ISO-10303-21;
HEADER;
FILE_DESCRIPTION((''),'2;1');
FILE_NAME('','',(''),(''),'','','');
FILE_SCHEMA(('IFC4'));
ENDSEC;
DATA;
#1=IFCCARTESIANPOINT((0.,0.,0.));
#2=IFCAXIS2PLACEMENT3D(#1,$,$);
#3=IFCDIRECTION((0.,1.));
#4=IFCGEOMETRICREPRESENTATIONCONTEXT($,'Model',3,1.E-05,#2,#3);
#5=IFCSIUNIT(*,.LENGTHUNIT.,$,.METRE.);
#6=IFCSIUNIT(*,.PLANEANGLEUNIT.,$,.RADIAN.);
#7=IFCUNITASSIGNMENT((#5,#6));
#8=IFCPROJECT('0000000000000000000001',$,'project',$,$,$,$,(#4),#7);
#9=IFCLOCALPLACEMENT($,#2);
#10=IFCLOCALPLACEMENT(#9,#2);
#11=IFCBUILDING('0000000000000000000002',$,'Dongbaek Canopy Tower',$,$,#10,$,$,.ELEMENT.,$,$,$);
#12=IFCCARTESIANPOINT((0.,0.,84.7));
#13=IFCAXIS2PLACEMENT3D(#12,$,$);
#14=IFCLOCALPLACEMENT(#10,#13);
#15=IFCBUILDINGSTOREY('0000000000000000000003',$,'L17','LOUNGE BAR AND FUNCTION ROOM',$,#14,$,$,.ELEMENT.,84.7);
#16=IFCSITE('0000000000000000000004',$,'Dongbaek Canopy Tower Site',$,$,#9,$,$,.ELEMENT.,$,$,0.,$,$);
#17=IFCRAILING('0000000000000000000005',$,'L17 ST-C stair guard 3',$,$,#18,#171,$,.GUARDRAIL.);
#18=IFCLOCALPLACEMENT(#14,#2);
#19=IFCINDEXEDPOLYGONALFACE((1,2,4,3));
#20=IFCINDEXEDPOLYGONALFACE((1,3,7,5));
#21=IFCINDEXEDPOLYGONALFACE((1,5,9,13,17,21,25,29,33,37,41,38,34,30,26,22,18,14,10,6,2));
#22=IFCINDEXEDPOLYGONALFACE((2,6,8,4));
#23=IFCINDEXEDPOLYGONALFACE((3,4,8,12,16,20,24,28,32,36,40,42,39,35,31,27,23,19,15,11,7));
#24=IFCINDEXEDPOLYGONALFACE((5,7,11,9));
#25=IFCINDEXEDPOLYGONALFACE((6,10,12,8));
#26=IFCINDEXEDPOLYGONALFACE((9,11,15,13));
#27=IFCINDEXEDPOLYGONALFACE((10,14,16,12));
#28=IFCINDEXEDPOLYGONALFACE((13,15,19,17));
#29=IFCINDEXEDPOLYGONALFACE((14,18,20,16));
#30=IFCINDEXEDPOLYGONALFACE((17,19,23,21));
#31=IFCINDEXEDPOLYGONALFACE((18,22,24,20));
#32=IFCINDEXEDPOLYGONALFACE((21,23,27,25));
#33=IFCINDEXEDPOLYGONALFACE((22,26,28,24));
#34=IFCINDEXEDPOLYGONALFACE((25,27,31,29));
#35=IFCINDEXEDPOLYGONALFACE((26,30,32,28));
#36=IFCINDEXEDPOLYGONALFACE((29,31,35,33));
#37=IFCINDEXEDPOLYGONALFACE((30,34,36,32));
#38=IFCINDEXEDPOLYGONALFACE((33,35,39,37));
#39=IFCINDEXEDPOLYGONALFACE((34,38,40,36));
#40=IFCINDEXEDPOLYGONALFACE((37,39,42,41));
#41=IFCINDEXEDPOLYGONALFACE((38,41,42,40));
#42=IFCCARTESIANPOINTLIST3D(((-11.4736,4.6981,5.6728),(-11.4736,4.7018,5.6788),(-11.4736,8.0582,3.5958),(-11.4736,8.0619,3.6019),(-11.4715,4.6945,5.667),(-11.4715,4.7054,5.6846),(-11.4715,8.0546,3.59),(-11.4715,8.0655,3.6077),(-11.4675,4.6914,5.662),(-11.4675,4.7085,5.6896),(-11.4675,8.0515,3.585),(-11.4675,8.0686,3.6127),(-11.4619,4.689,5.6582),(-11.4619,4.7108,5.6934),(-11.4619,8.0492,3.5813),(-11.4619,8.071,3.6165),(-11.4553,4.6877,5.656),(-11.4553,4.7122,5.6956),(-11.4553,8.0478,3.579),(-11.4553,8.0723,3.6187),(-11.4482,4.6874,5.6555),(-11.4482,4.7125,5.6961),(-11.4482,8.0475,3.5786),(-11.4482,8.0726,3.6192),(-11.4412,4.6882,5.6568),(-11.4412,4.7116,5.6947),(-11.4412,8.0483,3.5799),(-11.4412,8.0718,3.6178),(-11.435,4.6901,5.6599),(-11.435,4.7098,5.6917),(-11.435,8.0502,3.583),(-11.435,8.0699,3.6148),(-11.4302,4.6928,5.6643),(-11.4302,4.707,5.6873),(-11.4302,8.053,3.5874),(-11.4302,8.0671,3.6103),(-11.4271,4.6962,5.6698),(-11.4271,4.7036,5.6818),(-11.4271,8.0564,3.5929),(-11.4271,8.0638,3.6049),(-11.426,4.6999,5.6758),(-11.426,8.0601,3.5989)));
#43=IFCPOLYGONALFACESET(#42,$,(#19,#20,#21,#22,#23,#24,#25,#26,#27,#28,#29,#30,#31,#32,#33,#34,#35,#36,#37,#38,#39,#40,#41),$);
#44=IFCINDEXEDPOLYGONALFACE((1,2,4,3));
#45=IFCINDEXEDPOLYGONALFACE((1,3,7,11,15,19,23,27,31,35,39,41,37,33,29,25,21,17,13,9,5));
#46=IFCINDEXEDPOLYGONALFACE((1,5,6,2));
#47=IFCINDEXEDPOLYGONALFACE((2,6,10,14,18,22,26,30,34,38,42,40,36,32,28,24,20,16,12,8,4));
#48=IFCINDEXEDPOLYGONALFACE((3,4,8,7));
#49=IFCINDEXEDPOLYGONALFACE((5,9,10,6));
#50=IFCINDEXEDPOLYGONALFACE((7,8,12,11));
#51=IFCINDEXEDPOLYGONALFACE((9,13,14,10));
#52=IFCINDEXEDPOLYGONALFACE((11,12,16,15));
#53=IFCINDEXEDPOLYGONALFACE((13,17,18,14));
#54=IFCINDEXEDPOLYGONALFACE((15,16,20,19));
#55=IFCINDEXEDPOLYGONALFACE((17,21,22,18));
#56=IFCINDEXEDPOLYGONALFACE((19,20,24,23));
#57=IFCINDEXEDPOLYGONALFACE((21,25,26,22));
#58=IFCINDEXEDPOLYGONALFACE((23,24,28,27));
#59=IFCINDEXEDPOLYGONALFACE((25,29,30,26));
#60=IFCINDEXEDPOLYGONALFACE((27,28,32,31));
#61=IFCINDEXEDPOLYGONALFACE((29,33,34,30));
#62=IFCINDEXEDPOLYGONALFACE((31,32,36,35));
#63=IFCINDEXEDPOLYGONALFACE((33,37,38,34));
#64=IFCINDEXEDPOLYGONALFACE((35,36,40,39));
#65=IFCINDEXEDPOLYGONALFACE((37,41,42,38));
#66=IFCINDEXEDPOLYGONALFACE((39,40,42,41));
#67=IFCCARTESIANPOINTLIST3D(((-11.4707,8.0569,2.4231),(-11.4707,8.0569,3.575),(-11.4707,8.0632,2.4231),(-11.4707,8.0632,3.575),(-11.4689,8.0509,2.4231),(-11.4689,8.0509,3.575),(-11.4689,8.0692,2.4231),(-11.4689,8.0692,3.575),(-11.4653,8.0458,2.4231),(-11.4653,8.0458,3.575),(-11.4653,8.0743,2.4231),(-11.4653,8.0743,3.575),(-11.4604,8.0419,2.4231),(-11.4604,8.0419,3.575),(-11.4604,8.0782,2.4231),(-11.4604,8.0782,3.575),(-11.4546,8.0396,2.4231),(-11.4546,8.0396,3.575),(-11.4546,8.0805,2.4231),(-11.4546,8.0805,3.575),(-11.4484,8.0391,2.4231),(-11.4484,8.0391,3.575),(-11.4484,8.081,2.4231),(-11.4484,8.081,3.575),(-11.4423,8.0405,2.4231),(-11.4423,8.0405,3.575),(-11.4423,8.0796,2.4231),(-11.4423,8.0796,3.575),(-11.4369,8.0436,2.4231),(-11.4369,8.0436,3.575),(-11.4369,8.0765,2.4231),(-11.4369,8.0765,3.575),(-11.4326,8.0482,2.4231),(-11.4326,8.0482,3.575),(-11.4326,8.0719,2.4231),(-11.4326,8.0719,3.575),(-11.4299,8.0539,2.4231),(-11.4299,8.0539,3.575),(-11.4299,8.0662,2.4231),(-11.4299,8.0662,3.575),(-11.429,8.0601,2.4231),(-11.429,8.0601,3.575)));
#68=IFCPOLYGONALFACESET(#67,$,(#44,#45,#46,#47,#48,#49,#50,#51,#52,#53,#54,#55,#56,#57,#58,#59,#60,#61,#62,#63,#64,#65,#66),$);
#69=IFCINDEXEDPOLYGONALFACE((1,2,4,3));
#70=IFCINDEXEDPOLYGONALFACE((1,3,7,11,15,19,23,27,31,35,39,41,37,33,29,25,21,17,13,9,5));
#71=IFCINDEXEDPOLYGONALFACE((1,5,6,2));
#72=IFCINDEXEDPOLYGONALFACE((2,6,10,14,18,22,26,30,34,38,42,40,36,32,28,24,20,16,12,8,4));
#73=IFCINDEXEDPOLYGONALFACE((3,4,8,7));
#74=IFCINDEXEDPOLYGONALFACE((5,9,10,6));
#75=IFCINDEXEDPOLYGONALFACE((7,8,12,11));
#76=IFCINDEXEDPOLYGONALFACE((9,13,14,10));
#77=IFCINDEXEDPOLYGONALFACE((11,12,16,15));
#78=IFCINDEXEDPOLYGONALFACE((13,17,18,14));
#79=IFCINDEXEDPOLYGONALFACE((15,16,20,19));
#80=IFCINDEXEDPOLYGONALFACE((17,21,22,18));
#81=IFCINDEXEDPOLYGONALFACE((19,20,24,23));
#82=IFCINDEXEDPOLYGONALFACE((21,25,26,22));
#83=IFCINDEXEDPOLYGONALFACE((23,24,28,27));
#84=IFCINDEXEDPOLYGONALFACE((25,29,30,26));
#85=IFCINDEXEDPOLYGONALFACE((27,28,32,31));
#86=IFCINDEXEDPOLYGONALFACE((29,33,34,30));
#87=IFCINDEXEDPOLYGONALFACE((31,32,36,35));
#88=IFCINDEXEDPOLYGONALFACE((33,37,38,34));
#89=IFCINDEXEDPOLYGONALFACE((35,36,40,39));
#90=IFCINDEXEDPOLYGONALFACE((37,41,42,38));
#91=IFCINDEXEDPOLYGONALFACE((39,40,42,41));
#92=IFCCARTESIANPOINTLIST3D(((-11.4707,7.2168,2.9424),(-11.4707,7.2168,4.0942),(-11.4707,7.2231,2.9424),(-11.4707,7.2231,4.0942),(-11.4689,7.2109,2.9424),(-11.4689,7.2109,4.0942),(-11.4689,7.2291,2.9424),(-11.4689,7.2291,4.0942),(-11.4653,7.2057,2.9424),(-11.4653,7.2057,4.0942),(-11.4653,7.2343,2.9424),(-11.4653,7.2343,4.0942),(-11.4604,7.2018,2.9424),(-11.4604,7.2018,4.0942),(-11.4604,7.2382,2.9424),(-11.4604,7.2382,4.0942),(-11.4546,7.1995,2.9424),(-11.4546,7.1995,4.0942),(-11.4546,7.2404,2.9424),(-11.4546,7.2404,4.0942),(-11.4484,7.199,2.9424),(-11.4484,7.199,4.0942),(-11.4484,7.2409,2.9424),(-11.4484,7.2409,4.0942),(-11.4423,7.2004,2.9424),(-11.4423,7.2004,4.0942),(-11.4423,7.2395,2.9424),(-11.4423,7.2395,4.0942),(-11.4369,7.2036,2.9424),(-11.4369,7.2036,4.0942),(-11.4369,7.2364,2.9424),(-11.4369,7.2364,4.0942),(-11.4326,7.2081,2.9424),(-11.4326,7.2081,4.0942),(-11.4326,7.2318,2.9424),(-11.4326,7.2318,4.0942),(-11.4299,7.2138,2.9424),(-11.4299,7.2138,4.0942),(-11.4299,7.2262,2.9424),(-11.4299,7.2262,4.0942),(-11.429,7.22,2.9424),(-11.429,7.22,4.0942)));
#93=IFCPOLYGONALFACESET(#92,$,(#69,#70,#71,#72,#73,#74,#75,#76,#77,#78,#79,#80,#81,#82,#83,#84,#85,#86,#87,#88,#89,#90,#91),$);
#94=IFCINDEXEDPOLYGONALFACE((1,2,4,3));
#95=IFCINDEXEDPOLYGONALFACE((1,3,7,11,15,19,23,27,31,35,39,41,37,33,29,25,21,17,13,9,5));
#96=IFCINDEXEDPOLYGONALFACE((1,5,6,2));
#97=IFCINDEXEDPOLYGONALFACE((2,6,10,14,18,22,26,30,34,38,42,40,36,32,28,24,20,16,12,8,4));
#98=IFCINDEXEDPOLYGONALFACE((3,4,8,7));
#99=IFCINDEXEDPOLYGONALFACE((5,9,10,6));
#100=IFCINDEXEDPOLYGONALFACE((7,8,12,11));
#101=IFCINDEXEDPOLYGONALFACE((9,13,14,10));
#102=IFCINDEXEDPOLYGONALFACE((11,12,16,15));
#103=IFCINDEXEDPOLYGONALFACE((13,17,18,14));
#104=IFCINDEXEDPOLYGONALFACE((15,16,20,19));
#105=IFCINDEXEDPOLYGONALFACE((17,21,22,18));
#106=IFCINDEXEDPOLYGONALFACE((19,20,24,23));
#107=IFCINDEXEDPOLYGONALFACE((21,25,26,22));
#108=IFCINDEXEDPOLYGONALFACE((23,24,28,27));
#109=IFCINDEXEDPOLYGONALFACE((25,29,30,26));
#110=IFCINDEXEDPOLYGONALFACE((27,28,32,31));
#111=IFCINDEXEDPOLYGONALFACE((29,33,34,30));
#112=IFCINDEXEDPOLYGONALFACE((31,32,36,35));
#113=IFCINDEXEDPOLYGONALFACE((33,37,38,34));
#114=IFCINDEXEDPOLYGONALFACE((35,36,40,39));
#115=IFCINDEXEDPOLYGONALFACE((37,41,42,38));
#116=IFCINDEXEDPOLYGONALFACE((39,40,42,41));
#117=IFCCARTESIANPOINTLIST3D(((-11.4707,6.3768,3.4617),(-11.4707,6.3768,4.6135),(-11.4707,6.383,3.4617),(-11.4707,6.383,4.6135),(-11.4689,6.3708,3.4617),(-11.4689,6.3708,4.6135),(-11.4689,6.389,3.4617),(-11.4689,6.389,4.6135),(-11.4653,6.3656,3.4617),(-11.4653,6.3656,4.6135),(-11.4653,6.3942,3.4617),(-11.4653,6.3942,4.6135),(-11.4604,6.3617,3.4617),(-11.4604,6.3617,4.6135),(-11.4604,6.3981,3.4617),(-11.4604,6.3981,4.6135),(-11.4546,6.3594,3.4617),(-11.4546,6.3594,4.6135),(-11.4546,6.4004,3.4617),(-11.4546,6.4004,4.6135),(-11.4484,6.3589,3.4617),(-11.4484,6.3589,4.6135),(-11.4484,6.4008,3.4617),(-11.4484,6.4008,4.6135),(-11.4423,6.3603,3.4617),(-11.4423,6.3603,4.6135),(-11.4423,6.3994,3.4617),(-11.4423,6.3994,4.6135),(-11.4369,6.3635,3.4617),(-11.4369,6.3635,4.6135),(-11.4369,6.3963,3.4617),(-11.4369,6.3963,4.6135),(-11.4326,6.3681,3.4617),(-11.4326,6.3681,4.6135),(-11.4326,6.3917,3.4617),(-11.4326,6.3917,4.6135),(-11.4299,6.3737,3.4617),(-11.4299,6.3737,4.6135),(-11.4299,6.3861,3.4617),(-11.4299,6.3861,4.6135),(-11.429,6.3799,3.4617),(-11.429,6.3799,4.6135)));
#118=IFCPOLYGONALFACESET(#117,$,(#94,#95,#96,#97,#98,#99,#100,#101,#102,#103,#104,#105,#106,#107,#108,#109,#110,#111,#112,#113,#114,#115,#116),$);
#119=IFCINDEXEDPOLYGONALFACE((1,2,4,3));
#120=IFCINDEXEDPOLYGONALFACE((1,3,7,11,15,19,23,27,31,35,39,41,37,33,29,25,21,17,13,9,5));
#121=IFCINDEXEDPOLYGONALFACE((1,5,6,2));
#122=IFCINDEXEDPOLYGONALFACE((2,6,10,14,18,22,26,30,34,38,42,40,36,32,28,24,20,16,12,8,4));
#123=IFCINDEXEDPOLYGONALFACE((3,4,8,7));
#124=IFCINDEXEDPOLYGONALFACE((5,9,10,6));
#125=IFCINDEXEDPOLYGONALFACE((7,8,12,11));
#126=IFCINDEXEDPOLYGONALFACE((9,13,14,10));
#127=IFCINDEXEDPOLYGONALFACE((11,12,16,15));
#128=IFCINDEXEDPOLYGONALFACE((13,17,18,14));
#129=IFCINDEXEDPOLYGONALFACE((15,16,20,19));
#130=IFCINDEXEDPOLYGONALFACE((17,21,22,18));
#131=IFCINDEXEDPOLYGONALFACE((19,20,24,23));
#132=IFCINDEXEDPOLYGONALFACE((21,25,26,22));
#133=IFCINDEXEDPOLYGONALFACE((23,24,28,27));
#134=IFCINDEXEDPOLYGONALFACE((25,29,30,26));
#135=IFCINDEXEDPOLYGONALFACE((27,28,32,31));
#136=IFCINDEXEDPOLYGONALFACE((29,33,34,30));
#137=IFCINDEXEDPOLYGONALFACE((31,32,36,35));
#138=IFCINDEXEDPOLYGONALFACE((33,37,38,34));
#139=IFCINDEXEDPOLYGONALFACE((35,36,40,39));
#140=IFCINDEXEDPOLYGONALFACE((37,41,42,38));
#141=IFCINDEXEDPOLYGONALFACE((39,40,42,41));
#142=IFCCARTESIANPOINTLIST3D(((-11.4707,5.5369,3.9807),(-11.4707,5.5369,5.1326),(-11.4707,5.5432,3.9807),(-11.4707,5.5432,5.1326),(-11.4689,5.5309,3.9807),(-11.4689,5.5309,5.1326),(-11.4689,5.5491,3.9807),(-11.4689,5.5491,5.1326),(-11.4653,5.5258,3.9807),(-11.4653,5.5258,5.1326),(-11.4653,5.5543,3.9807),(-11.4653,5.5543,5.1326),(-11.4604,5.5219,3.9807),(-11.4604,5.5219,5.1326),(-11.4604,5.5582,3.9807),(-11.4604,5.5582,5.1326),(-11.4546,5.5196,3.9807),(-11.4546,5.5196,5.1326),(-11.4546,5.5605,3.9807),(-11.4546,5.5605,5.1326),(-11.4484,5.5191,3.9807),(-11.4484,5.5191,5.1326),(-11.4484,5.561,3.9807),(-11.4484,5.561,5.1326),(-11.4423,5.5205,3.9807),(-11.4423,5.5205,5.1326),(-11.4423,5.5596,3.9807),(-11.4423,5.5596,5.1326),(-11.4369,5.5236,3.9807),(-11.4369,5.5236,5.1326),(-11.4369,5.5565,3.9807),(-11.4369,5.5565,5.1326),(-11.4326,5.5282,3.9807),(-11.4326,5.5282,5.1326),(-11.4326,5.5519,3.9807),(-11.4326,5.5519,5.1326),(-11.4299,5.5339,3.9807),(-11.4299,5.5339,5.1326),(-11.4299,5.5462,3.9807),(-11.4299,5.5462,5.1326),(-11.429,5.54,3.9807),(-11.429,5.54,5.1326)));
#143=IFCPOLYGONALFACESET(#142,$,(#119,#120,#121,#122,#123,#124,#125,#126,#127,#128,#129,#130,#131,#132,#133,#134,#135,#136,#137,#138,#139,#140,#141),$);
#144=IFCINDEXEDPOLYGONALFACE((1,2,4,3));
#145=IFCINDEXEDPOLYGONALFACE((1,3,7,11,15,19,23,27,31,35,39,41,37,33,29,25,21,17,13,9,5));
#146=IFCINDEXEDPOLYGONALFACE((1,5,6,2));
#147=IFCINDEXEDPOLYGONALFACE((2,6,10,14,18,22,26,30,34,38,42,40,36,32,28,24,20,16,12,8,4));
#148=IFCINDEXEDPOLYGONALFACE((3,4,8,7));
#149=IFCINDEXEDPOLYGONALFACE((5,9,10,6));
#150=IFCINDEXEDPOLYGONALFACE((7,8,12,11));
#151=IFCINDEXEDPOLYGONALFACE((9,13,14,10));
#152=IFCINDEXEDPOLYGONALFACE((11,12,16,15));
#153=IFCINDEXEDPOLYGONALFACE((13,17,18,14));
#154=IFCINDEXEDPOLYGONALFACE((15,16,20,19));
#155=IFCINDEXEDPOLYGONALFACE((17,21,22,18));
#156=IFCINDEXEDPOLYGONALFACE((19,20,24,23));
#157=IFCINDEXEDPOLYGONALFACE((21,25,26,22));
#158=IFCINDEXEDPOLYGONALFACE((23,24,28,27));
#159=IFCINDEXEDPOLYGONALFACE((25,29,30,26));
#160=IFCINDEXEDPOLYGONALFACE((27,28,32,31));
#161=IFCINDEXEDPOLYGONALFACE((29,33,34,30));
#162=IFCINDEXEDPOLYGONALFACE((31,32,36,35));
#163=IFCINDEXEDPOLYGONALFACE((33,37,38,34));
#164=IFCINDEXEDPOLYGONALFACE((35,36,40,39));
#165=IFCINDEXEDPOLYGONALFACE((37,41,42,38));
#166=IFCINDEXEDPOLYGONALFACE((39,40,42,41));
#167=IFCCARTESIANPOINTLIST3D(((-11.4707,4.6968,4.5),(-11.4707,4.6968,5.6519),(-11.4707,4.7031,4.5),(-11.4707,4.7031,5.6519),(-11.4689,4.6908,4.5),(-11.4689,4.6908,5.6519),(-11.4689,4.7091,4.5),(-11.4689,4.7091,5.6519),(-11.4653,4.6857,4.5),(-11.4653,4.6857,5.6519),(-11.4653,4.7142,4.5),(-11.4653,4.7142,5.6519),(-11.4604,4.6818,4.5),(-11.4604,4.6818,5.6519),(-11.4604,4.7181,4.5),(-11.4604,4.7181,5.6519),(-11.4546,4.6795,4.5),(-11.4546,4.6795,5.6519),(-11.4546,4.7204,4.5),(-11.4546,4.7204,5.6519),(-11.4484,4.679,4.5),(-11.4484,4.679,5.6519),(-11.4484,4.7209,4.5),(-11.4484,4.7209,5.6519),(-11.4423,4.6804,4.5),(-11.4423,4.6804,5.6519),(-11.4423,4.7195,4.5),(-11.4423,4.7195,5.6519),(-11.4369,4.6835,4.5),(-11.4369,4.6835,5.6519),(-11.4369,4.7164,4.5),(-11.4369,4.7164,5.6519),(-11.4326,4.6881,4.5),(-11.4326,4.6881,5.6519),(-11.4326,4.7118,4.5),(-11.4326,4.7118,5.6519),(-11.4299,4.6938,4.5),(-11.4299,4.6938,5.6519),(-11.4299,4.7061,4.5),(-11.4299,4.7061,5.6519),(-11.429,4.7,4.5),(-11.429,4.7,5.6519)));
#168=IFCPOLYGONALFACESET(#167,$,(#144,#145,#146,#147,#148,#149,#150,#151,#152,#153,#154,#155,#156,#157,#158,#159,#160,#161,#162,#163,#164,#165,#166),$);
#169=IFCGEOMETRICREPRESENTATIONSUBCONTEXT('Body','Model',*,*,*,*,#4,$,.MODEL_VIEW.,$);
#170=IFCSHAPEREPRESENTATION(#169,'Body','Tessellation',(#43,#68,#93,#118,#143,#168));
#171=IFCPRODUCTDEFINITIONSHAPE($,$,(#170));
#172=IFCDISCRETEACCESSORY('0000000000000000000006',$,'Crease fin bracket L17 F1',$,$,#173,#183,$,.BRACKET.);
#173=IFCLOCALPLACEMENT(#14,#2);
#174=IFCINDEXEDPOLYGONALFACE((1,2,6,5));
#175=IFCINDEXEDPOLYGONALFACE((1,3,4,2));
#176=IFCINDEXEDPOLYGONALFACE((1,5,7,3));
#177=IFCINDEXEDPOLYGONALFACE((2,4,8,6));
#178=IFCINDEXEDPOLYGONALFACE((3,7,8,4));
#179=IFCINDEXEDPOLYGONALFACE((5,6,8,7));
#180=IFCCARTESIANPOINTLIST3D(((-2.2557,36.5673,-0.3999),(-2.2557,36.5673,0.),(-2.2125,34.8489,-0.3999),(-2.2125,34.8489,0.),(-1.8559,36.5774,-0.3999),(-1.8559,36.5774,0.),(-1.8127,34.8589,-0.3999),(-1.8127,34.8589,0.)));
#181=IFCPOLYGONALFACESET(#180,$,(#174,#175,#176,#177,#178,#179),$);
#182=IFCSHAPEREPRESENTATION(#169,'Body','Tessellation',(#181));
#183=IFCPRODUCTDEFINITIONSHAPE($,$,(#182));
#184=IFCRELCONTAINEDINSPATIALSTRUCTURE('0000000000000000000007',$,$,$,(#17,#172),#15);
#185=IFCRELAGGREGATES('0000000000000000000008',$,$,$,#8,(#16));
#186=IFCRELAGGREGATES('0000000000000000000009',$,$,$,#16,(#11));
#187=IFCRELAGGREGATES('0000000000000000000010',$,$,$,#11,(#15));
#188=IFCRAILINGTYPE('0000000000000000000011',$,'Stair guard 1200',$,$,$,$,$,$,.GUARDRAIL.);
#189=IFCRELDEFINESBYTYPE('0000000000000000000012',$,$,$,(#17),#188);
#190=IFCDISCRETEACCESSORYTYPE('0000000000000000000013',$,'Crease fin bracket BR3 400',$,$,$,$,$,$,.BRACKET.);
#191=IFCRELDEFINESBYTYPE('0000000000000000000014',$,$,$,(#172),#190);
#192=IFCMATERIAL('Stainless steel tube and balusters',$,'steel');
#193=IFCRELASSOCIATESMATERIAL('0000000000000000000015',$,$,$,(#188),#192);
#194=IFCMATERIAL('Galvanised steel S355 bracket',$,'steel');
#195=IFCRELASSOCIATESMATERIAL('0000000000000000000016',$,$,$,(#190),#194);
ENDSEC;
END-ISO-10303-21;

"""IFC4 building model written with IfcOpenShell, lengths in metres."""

from ifc_helpers import new_model, si_unit, direction, frame, origin, origin_2d, place, context, subcontext, project, spatial, rectangle, circle, extrude, material, type_object, element, save


model = new_model("IFC4")

# Units and contexts
model_context = context("Model", 3, precision=1e-05, world=origin(), true_north=direction((0.0, 1.0)))
body_context = subcontext(model_context, "Body", "Model", "MODEL_VIEW")
ifc_project = project(units=[si_unit("LENGTHUNIT", "METRE"), si_unit("PLANEANGLEUNIT", "RADIAN")], contexts=[model_context])

# Site, building, storey
site_placement = place(None, origin())
site = spatial("IfcSite", under=ifc_project, at=site_placement, Name="Dongbaek Canopy Tower Site", CompositionType="ELEMENT", RefElevation=0.0)
building_placement = place(site_placement, origin())
building = spatial("IfcBuilding", under=site, at=building_placement, Name="Dongbaek Canopy Tower", CompositionType="ELEMENT")
storey_placement = place(building_placement, frame((0.0, 0.0, 84.7)))
storey = spatial("IfcBuildingStorey", under=building, at=storey_placement, Name="L17", Description="LOUNGE BAR AND FUNCTION ROOM", CompositionType="ELEMENT", Elevation=84.7)

# Railing
ifc_material_1 = material(Name="Stainless steel tube and balusters", Category="steel")
railing_type = type_object("IfcRailingType", Name="Stair guard 1200", PredefinedType="GUARDRAIL", material=ifc_material_1)
railing_1_placement = place(storey_placement, frame((-11.45, 8.0601, 2.4231)))
element("IfcRailing", 1, at=railing_1_placement, inside=storey, type_object=railing_type, Name="L17 ST-C stair guard 3", PredefinedType="GUARDRAIL", context=body_context, shape_type="SweptSolid", body=[
    extrude(circle(Radius=0.0239, at=origin_2d()), frame((0.0, 0.0, 1.1758), z_axis=(0.0, -0.850623, 0.525776), x_axis=(1.0, 0.0, 0.0)), (0.0, 0.0, 1.0), 3.9502),
    extrude(circle(Radius=0.021, at=origin_2d()), origin(), (0.0, 0.0, 1.0), 1.1519),
    extrude(circle(Radius=0.021, at=origin_2d()), frame((0.0, -0.8401, 0.5193)), (0.0, 0.0, 1.0), 1.1519),
    extrude(circle(Radius=0.021, at=origin_2d()), frame((0.0, -1.6802, 1.0386)), (0.0, 0.0, 1.0), 1.1519),
    extrude(circle(Radius=0.021, at=origin_2d()), frame((0.0, -2.52, 1.5576)), (0.0, 0.0, 1.0), 1.1519),
    extrude(circle(Radius=0.021, at=origin_2d()), frame((0.0, -3.3601, 2.0769)), (0.0, 0.0, 1.0), 1.1519),
])

# Discrete accessory
ifc_material_2 = material(Name="Galvanised steel S355 bracket", Category="steel")
discrete_accessory_type = type_object("IfcDiscreteAccessoryType", Name="Crease fin bracket BR3 400", PredefinedType="BRACKET", material=ifc_material_2)
discrete_accessory_placement = place(storey_placement, frame((-2.0342, 35.7131, -0.3999), z_axis=(0.0, 0.0, 1.0), x_axis=(-0.02512, 0.999684, 0.0)))
element("IfcDiscreteAccessory", 2, at=discrete_accessory_placement, inside=storey, type_object=discrete_accessory_type, Name="Crease fin bracket L17 F1", PredefinedType="BRACKET", context=body_context, shape_type="SweptSolid", body=[
    extrude(rectangle(XDim=1.719, YDim=0.3999, at=origin_2d()), origin(), (0.0, 0.0, 1.0), 0.3999),
])

save(model, "model.ifc")
